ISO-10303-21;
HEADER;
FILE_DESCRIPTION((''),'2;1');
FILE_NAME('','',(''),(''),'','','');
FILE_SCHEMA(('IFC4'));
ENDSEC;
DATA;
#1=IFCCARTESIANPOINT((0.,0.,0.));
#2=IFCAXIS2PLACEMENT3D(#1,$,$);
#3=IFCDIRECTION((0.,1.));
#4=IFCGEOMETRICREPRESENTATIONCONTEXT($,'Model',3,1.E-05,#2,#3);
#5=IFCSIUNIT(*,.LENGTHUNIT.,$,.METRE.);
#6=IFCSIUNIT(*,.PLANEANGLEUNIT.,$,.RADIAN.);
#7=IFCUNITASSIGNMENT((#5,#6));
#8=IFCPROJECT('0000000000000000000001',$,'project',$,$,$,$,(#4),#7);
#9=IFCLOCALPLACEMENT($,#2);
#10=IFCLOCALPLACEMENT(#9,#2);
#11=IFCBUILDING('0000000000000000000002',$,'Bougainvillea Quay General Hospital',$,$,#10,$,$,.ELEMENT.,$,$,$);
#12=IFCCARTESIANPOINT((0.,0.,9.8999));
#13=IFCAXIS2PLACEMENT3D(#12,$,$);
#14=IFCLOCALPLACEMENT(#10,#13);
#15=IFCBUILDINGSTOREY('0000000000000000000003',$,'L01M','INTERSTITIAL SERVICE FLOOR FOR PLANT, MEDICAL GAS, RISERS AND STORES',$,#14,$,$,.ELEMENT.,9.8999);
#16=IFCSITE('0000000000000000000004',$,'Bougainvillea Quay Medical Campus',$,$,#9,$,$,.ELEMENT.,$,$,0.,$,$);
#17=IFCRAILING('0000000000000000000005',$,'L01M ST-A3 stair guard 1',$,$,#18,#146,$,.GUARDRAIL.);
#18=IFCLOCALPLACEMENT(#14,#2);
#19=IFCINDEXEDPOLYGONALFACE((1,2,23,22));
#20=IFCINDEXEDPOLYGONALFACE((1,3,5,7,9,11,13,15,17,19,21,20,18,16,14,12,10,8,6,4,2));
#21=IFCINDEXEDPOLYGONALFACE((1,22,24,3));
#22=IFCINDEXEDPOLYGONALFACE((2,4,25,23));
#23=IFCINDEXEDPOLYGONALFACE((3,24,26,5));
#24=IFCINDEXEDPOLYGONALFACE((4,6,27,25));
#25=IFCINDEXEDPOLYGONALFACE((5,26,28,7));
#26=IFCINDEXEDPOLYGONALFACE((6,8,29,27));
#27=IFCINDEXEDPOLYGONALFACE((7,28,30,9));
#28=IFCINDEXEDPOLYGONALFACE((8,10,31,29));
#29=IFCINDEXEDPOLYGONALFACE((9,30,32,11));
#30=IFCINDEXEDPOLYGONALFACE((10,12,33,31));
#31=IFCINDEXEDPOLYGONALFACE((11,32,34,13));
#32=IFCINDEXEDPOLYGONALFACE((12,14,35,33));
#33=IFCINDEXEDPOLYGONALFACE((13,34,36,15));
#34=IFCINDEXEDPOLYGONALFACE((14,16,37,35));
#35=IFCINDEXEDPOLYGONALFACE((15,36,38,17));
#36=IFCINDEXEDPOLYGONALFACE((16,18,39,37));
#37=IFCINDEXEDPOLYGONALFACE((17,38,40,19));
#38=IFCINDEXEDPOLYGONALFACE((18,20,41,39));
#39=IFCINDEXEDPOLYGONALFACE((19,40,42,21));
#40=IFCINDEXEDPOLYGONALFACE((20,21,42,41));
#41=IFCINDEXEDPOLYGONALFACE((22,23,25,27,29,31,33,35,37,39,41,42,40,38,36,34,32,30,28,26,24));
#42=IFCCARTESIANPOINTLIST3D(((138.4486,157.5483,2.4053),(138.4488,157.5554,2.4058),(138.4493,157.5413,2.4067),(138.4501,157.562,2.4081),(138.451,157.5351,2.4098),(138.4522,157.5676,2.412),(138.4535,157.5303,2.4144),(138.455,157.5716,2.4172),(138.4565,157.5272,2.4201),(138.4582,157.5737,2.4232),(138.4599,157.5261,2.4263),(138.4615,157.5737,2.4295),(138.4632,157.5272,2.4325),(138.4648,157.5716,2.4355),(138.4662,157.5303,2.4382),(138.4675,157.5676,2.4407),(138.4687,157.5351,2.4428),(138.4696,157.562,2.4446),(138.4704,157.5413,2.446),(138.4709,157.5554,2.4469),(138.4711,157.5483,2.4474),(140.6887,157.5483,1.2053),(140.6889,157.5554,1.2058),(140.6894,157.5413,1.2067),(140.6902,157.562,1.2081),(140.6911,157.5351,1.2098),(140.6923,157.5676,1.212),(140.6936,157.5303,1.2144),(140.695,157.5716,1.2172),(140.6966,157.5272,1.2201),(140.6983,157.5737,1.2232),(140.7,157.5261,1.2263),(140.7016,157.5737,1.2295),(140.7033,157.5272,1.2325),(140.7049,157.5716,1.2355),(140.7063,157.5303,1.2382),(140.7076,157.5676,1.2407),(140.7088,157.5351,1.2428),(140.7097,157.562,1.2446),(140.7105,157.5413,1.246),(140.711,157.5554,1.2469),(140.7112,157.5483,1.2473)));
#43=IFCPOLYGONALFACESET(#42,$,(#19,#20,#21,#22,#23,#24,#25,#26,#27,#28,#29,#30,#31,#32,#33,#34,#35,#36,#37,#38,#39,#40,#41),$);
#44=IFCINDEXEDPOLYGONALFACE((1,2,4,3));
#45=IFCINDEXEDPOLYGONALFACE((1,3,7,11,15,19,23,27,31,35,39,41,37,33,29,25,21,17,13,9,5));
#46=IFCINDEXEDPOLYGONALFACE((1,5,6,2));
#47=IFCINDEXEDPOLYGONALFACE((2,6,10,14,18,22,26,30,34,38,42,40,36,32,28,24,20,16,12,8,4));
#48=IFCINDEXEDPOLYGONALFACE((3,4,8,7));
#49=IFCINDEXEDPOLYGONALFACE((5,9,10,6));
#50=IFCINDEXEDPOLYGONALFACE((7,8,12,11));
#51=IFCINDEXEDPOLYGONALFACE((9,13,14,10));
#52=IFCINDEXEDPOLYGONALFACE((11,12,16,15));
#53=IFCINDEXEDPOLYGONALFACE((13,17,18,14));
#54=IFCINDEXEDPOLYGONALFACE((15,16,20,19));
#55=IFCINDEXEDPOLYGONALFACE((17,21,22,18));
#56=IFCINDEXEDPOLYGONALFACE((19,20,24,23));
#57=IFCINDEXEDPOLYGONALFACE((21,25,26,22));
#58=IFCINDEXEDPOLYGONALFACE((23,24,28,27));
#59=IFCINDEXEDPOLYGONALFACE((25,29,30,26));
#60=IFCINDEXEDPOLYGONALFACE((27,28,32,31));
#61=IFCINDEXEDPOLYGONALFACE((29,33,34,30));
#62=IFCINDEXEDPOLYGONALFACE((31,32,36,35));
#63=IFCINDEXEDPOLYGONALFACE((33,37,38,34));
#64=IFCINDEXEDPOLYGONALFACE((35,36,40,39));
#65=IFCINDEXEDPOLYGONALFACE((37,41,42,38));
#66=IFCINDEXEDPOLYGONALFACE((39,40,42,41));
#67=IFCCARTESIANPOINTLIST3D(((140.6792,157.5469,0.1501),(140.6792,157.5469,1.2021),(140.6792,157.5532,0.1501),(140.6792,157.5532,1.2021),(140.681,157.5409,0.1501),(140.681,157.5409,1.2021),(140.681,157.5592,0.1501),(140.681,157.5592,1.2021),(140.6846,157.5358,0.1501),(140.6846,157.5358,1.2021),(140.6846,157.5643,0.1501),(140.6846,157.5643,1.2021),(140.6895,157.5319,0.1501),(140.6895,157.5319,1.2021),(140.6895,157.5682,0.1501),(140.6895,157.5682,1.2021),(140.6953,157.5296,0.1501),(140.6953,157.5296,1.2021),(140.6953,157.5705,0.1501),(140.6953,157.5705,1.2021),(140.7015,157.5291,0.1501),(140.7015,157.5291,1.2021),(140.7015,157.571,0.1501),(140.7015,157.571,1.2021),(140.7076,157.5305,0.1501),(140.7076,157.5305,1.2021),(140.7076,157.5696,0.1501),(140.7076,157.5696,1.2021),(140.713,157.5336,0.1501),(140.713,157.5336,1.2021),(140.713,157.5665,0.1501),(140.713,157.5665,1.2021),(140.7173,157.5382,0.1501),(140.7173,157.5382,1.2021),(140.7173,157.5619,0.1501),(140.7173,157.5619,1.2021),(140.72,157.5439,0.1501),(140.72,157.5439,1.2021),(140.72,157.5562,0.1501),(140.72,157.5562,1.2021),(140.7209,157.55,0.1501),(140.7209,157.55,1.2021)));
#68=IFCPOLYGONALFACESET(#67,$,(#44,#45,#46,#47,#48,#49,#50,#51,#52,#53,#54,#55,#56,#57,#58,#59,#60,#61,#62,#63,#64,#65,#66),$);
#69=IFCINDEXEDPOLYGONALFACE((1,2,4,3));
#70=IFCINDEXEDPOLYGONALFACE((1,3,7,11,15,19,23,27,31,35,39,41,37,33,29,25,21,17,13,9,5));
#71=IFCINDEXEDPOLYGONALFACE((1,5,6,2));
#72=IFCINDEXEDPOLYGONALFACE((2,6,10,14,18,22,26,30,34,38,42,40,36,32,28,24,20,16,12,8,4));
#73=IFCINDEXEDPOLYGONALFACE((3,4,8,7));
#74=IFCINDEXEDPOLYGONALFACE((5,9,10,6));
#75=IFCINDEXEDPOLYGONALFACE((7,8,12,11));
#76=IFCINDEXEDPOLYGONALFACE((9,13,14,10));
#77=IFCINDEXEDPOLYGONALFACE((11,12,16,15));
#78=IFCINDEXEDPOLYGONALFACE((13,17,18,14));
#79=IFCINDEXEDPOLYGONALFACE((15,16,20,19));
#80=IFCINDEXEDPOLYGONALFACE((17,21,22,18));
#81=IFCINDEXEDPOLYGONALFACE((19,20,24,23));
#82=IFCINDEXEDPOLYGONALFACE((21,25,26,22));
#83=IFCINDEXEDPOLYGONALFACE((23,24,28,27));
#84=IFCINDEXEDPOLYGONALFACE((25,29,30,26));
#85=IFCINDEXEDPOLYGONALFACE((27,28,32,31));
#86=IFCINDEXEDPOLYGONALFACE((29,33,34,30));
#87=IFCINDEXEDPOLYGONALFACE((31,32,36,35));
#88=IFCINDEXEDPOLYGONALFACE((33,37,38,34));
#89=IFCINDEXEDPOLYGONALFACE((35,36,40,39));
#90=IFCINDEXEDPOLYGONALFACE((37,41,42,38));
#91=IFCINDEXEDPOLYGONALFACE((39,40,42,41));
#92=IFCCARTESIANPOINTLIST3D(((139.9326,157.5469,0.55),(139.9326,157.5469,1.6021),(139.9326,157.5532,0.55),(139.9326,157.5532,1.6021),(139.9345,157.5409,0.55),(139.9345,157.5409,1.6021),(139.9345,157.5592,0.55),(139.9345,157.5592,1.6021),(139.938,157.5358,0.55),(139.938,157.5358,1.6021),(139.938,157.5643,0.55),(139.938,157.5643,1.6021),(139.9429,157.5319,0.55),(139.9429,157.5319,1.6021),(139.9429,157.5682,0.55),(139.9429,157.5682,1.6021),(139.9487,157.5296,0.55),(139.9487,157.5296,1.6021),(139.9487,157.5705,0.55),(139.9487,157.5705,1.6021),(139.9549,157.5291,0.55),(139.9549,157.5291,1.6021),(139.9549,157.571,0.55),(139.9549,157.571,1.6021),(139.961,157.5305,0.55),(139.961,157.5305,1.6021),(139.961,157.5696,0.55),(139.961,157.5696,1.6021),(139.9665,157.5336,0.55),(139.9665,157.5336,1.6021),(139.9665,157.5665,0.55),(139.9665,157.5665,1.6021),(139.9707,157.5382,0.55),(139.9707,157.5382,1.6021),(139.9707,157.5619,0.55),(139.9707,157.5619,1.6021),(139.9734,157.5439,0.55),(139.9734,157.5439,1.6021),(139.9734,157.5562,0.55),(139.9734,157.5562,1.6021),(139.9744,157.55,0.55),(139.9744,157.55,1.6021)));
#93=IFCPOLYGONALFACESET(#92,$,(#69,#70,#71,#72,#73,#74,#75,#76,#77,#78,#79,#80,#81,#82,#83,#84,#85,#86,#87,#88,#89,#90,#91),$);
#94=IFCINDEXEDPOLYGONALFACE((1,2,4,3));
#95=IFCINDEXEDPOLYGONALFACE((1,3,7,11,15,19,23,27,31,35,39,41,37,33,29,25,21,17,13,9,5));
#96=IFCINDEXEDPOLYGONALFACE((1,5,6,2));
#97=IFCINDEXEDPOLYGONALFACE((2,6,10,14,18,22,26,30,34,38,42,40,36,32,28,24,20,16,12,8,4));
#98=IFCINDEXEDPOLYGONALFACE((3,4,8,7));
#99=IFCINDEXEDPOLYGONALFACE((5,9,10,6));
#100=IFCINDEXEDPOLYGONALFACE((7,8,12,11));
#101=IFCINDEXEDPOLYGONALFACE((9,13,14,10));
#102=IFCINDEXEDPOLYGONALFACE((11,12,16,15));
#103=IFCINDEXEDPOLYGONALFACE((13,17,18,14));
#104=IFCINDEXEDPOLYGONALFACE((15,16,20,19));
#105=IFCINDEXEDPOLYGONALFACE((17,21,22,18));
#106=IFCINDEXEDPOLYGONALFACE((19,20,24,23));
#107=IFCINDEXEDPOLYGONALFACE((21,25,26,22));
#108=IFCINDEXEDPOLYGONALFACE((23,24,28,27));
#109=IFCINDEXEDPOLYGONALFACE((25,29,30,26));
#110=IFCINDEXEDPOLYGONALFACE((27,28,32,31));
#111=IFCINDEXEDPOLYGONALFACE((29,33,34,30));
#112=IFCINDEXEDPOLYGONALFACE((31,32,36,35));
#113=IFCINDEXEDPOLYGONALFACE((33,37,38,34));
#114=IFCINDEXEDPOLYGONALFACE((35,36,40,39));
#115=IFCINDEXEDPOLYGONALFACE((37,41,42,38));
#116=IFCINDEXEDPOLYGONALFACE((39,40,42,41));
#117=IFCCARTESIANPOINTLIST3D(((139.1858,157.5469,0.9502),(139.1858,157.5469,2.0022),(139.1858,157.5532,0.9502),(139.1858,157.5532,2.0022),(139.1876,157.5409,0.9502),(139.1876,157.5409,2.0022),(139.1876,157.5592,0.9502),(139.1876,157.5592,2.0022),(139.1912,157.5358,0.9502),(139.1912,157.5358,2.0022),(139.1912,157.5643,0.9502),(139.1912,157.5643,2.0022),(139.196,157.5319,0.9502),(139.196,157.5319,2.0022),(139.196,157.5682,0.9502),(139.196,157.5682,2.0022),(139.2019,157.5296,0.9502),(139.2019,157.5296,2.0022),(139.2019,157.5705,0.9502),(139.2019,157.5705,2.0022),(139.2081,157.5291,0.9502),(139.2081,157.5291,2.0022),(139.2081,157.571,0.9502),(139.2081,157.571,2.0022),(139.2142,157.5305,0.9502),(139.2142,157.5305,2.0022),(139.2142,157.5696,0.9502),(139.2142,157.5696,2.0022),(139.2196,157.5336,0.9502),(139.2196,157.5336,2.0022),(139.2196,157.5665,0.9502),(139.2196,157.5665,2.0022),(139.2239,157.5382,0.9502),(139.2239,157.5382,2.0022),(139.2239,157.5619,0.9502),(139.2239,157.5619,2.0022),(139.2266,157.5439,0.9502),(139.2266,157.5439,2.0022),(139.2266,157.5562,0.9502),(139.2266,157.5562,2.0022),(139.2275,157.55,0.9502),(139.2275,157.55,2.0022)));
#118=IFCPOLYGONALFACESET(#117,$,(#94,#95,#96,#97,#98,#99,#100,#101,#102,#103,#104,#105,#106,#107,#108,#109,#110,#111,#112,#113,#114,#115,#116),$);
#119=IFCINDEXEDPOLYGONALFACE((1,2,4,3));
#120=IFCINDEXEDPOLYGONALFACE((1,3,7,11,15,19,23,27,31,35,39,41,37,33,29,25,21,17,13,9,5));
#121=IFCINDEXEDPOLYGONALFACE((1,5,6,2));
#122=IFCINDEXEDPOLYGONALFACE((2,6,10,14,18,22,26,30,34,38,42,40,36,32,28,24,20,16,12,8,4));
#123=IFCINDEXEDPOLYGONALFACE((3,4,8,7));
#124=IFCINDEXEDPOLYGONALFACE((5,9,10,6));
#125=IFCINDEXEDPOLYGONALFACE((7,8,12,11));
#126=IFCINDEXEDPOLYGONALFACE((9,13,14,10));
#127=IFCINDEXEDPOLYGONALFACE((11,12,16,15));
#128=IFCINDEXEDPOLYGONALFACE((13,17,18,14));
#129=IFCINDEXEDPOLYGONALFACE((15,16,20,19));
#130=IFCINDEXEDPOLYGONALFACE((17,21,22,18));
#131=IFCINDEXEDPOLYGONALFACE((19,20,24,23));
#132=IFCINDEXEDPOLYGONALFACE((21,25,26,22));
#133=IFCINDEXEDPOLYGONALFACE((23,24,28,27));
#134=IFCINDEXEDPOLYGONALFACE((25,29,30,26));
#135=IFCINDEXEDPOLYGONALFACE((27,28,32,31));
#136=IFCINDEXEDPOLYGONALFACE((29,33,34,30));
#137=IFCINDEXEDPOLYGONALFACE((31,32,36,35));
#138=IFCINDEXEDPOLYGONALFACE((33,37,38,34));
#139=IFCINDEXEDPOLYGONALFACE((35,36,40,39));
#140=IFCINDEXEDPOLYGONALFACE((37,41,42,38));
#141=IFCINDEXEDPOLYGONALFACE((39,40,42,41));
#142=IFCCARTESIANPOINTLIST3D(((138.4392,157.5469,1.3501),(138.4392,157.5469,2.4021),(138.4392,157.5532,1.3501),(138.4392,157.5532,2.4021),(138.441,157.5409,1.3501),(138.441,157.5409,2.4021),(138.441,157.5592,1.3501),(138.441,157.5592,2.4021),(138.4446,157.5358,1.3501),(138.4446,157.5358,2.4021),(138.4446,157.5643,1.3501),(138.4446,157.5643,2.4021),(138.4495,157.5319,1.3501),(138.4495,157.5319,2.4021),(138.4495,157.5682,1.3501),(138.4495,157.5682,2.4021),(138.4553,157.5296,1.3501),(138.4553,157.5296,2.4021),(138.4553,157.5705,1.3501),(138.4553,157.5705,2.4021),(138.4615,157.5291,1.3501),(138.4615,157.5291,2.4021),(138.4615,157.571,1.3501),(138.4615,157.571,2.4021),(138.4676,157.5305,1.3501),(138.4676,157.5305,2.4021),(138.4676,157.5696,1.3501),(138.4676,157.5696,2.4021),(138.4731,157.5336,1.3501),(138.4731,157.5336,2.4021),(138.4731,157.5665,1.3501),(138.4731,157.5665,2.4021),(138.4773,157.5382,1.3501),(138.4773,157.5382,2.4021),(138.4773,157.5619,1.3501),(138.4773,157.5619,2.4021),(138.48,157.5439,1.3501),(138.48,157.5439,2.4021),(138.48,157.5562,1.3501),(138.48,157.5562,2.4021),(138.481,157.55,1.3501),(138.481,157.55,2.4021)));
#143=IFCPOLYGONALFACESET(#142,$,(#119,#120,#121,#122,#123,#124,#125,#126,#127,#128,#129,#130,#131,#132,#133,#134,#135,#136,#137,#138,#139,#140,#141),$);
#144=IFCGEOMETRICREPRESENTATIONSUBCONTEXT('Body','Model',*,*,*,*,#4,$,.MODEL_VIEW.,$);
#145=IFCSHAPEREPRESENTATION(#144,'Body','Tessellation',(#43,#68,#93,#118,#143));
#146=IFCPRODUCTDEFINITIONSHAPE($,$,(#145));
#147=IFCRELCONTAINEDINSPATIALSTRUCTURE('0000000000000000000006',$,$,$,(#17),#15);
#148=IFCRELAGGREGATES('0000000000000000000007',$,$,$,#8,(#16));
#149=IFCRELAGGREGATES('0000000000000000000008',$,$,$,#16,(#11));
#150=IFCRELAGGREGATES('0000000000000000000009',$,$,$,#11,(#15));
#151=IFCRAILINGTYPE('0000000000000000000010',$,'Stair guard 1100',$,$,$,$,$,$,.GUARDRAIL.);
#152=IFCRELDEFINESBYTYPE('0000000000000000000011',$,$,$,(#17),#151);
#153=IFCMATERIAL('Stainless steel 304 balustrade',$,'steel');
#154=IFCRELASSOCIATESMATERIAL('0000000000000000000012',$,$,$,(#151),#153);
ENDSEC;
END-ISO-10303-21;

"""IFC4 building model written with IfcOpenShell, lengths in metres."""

from ifc_helpers import new_model, si_unit, direction, frame, origin, origin_2d, place, context, subcontext, project, spatial, circle, extrude, material, type_object, element, save


model = new_model("IFC4")

# Units and contexts
model_context = context("Model", 3, precision=1e-05, world=origin(), true_north=direction((0.0, 1.0)))
body_context = subcontext(model_context, "Body", "Model", "MODEL_VIEW")
ifc_project = project(units=[si_unit("LENGTHUNIT", "METRE"), si_unit("PLANEANGLEUNIT", "RADIAN")], contexts=[model_context])

# Site, building, storey
site_placement = place(None, origin())
site = spatial("IfcSite", under=ifc_project, at=site_placement, Name="Bougainvillea Quay Medical Campus", CompositionType="ELEMENT", RefElevation=0.0)
building_placement = place(site_placement, origin())
building = spatial("IfcBuilding", under=site, at=building_placement, Name="Bougainvillea Quay General Hospital", CompositionType="ELEMENT")
storey_placement = place(building_placement, frame((0.0, 0.0, 9.8999)))
storey = spatial("IfcBuildingStorey", under=building, at=storey_placement, Name="L01M", Description="INTERSTITIAL SERVICE FLOOR FOR PLANT, MEDICAL GAS, RISERS AND STORES", CompositionType="ELEMENT", Elevation=9.8999)

# Railing
ifc_material_1 = material(Name="Stainless steel 304 balustrade", Category="steel")
railing_type_1 = type_object("IfcRailingType", Name="Stair guard 1100", PredefinedType="GUARDRAIL", material=ifc_material_1)
railing_1_placement = place(storey_placement, frame((140.7, 157.55, 0.1501)))
element("IfcRailing", 1, at=railing_1_placement, inside=storey, type_object=railing_type_1, Name="L01M ST-A3 stair guard 1", PredefinedType="GUARDRAIL", context=body_context, shape_type="SweptSolid", body=[
    extrude(circle(Radius=0.0239, at=origin_2d()), frame((0.0, 0.0, 1.0762), z_axis=(-0.881487, 0.0, 0.472208), x_axis=(0.0, -1.0, 0.0)), (0.0, 0.0, 1.0), 2.5413),
    extrude(circle(Radius=0.021, at=origin_2d()), origin(), (0.0, 0.0, 1.0), 1.052),
    extrude(circle(Radius=0.021, at=origin_2d()), frame((-0.7466, 0.0, 0.3999)), (0.0, 0.0, 1.0), 1.052),
    extrude(circle(Radius=0.021, at=origin_2d()), frame((-1.4934, 0.0, 0.8)), (0.0, 0.0, 1.0), 1.052),
    extrude(circle(Radius=0.021, at=origin_2d()), frame((-2.24, 0.0, 1.2)), (0.0, 0.0, 1.0), 1.052),
])

save(model, "model.ifc")
